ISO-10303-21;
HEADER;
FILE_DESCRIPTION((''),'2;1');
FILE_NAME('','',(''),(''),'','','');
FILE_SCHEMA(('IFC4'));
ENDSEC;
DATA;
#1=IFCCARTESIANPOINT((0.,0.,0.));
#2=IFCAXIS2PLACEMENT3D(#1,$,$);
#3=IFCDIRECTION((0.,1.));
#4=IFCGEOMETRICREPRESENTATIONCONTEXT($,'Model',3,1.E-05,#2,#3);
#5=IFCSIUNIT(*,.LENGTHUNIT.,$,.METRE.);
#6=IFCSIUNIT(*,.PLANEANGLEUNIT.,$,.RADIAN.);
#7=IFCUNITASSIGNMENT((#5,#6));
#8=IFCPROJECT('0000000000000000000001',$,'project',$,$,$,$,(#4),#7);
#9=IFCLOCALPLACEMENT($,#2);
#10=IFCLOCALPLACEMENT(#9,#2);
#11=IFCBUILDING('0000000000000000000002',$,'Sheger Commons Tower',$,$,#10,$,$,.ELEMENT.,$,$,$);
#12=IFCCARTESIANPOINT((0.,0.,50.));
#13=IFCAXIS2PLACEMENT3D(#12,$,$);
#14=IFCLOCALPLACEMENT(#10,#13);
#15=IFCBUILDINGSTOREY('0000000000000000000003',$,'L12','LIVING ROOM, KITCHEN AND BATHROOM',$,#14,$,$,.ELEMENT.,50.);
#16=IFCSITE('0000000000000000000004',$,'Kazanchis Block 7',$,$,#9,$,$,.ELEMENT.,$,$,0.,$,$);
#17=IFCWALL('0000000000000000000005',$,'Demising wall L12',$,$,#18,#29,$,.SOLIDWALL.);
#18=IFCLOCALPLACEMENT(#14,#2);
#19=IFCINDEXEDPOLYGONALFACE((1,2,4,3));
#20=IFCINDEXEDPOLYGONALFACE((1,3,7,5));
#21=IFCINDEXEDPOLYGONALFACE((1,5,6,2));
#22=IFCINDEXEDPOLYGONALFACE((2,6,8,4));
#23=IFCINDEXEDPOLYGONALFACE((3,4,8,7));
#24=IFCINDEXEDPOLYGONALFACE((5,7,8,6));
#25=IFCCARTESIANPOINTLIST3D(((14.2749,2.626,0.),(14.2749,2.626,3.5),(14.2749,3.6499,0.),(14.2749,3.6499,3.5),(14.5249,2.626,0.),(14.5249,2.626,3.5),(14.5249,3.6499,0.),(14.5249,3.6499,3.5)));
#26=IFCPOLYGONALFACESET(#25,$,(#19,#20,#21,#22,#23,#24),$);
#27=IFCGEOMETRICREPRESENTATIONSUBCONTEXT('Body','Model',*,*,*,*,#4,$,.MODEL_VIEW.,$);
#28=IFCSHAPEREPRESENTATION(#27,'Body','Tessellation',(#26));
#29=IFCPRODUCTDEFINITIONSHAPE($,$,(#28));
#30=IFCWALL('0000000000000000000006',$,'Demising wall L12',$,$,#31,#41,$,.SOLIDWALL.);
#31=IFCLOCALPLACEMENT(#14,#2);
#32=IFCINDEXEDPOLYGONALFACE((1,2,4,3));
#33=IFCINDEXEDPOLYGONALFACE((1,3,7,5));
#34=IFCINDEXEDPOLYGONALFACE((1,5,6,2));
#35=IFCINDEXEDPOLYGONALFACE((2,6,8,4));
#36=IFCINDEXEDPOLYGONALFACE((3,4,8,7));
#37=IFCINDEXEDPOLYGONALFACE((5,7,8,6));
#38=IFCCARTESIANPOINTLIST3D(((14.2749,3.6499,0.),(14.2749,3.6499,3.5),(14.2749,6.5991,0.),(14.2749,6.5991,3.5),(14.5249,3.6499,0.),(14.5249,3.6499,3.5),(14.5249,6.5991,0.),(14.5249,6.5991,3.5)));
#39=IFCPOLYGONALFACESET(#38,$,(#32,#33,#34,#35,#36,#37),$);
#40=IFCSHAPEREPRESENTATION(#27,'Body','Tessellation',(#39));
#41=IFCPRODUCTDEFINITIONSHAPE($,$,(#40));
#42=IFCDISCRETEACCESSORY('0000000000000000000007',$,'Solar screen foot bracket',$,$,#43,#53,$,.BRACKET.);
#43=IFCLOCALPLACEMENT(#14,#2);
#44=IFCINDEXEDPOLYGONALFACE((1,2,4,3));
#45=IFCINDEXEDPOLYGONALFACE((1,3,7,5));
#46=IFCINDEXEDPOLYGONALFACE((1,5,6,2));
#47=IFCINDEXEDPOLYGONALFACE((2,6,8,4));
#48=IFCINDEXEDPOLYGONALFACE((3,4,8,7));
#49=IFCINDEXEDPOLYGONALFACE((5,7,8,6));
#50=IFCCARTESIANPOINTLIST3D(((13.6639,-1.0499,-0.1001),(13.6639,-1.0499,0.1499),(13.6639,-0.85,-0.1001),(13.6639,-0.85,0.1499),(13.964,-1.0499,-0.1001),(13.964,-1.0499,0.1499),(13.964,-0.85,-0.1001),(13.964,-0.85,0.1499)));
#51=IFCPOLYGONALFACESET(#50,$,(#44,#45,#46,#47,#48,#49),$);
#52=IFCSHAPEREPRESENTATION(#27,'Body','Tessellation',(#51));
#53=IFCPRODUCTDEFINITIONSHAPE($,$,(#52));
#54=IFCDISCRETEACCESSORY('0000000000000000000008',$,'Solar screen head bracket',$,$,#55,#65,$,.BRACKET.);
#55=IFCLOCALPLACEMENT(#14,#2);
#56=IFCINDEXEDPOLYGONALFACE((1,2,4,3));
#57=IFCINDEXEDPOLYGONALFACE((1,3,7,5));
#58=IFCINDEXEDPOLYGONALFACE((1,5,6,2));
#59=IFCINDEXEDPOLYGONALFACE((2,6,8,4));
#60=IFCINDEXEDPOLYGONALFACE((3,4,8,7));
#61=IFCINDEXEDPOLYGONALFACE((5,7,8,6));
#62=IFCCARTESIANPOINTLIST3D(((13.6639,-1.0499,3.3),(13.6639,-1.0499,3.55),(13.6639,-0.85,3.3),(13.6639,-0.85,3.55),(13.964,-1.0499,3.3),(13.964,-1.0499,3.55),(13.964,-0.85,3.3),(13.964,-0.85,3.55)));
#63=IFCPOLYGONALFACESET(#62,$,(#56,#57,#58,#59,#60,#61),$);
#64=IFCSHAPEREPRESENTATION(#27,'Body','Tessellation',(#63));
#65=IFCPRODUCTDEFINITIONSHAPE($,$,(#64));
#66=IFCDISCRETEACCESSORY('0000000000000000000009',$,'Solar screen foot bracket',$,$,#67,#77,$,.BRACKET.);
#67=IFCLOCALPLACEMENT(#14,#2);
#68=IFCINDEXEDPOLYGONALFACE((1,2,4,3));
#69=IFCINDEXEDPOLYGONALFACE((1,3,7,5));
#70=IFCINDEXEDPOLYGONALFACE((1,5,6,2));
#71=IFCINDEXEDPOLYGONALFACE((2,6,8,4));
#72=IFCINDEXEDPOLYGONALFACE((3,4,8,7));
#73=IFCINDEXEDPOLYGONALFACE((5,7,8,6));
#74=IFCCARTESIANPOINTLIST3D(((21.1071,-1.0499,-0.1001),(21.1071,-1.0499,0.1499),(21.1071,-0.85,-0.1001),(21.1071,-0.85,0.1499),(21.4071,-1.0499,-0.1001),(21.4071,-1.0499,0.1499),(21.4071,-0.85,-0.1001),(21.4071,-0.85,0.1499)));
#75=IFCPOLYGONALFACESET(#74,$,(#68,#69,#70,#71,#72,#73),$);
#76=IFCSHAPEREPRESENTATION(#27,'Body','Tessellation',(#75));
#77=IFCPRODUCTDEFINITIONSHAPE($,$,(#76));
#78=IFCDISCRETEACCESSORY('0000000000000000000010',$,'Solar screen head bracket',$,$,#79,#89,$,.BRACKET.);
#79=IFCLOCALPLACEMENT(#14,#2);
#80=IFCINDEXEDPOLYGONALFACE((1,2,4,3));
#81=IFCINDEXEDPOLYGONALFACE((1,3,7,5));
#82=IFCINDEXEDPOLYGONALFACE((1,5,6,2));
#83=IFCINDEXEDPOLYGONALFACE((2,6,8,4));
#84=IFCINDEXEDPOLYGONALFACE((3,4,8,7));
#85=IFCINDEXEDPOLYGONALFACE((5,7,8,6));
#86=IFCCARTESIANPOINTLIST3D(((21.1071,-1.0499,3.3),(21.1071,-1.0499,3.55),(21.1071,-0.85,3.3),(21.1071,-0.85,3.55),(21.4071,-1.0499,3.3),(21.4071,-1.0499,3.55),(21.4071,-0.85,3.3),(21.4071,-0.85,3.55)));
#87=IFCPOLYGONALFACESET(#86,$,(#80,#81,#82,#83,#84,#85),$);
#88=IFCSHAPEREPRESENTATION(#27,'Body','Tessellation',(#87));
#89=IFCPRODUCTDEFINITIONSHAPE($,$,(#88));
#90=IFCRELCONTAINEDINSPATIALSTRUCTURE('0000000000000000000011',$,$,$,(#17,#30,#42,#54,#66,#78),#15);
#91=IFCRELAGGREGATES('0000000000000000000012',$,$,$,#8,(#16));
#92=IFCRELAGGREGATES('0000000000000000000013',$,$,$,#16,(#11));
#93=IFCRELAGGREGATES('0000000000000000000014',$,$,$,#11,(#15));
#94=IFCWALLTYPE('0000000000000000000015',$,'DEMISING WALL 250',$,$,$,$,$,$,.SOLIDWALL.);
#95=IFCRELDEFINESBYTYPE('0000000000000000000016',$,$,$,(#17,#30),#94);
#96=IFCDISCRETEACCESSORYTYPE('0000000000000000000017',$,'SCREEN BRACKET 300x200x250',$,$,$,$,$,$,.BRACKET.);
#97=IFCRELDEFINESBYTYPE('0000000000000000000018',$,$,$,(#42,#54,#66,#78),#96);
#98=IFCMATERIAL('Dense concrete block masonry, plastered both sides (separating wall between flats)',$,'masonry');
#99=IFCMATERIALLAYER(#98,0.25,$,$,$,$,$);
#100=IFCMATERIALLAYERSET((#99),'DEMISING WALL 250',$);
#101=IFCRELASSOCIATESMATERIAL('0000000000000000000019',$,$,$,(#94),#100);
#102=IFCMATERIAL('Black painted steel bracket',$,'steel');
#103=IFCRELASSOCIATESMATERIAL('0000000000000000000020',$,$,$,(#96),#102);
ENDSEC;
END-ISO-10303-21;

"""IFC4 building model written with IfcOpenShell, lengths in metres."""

from ifc_helpers import new_model, si_unit, direction, frame, frame_2d, origin, origin_2d, place, context, subcontext, project, spatial, rectangle, extrude, material, layer, layer_set, type_object, element, save


model = new_model("IFC4")

# Units and contexts
model_context = context("Model", 3, precision=1e-05, world=origin(), true_north=direction((0.0, 1.0)))
body_context = subcontext(model_context, "Body", "Model", "MODEL_VIEW")
ifc_project = project(units=[si_unit("LENGTHUNIT", "METRE"), si_unit("PLANEANGLEUNIT", "RADIAN")], contexts=[model_context])

# Site, building, storey
site_placement = place(None, origin())
site = spatial("IfcSite", under=ifc_project, at=site_placement, Name="Kazanchis Block 7", CompositionType="ELEMENT", RefElevation=0.0)
building_placement = place(site_placement, origin())
building = spatial("IfcBuilding", under=site, at=building_placement, Name="Sheger Commons Tower", CompositionType="ELEMENT")
storey_placement = place(building_placement, frame((0.0, 0.0, 50.0)))
storey = spatial("IfcBuildingStorey", under=building, at=storey_placement, Name="L12", Description="LIVING ROOM, KITCHEN AND BATHROOM", CompositionType="ELEMENT", Elevation=50.0)

# Walls
ifc_material_1 = material(Name="Dense concrete block masonry, plastered both sides (separating wall between flats)", Category="masonry")
ifc_layer_1 = layer(ifc_material_1, 0.25)
ifc_layer_set_1 = layer_set([ifc_layer_1], Name="DEMISING WALL 250")
wall_type_1 = type_object("IfcWallType", Name="DEMISING WALL 250", PredefinedType="SOLIDWALL", material=ifc_layer_set_1)
wall_1_placement = place(storey_placement, frame((14.3999, 2.626, 0.0), z_axis=(0.0, 0.0, 1.0), x_axis=(0.0, 1.0, 0.0)))
element("IfcWall", 1, at=wall_1_placement, inside=storey, type_object=wall_type_1, Name="Demising wall L12", PredefinedType="SOLIDWALL", context=body_context, shape_type="SweptSolid", body=[
    extrude(rectangle(XDim=1.0239, YDim=0.25, at=frame_2d((0.512, 0.0))), origin(), (0.0, 0.0, 1.0), 3.5),
])
wall_2_placement = place(storey_placement, frame((14.3999, 3.6499, 0.0), z_axis=(0.0, 0.0, 1.0), x_axis=(0.0, 1.0, 0.0)))
element("IfcWall", 2, at=wall_2_placement, inside=storey, type_object=wall_type_1, Name="Demising wall L12", PredefinedType="SOLIDWALL", context=body_context, shape_type="SweptSolid", body=[
    extrude(rectangle(XDim=2.9492, YDim=0.25, at=frame_2d((1.4746, 0.0))), origin(), (0.0, 0.0, 1.0), 3.5),
])

# Discrete accessories
ifc_material_2 = material(Name="Black painted steel bracket", Category="steel")
discrete_accessory_type = type_object("IfcDiscreteAccessoryType", Name="SCREEN BRACKET 300x200x250", PredefinedType="BRACKET", material=ifc_material_2)
for number, where, z_axis, x_axis, name in (
    (3, (13.814, -0.95, -0.1001), (0.0, 0.0, 1.0), (1.0, 0.0, 0.0), "Solar screen foot bracket"),
    (4, (13.814, -0.95, 3.3), (0.0, 0.0, 1.0), (1.0, 0.0, 0.0), "Solar screen head bracket"),
    (5, (21.2571, -0.95, -0.1001), (0.0, 0.0, 1.0), (1.0, 0.0, 0.0), "Solar screen foot bracket"),
    (6, (21.2571, -0.95, 3.3), (0.0, 0.0, 1.0), (1.0, 0.0, 0.0), "Solar screen head bracket"),
):
    element("IfcDiscreteAccessory", number, at=place(storey_placement, frame(where, z_axis=z_axis, x_axis=x_axis)), inside=storey, type_object=discrete_accessory_type, Name=name, PredefinedType="BRACKET", context=body_context, shape_type="SweptSolid", body=[
        extrude(rectangle(XDim=0.3, YDim=0.2, at=origin_2d()), origin(), (0.0, 0.0, 1.0), 0.25),
    ])

save(model, "model.ifc")
